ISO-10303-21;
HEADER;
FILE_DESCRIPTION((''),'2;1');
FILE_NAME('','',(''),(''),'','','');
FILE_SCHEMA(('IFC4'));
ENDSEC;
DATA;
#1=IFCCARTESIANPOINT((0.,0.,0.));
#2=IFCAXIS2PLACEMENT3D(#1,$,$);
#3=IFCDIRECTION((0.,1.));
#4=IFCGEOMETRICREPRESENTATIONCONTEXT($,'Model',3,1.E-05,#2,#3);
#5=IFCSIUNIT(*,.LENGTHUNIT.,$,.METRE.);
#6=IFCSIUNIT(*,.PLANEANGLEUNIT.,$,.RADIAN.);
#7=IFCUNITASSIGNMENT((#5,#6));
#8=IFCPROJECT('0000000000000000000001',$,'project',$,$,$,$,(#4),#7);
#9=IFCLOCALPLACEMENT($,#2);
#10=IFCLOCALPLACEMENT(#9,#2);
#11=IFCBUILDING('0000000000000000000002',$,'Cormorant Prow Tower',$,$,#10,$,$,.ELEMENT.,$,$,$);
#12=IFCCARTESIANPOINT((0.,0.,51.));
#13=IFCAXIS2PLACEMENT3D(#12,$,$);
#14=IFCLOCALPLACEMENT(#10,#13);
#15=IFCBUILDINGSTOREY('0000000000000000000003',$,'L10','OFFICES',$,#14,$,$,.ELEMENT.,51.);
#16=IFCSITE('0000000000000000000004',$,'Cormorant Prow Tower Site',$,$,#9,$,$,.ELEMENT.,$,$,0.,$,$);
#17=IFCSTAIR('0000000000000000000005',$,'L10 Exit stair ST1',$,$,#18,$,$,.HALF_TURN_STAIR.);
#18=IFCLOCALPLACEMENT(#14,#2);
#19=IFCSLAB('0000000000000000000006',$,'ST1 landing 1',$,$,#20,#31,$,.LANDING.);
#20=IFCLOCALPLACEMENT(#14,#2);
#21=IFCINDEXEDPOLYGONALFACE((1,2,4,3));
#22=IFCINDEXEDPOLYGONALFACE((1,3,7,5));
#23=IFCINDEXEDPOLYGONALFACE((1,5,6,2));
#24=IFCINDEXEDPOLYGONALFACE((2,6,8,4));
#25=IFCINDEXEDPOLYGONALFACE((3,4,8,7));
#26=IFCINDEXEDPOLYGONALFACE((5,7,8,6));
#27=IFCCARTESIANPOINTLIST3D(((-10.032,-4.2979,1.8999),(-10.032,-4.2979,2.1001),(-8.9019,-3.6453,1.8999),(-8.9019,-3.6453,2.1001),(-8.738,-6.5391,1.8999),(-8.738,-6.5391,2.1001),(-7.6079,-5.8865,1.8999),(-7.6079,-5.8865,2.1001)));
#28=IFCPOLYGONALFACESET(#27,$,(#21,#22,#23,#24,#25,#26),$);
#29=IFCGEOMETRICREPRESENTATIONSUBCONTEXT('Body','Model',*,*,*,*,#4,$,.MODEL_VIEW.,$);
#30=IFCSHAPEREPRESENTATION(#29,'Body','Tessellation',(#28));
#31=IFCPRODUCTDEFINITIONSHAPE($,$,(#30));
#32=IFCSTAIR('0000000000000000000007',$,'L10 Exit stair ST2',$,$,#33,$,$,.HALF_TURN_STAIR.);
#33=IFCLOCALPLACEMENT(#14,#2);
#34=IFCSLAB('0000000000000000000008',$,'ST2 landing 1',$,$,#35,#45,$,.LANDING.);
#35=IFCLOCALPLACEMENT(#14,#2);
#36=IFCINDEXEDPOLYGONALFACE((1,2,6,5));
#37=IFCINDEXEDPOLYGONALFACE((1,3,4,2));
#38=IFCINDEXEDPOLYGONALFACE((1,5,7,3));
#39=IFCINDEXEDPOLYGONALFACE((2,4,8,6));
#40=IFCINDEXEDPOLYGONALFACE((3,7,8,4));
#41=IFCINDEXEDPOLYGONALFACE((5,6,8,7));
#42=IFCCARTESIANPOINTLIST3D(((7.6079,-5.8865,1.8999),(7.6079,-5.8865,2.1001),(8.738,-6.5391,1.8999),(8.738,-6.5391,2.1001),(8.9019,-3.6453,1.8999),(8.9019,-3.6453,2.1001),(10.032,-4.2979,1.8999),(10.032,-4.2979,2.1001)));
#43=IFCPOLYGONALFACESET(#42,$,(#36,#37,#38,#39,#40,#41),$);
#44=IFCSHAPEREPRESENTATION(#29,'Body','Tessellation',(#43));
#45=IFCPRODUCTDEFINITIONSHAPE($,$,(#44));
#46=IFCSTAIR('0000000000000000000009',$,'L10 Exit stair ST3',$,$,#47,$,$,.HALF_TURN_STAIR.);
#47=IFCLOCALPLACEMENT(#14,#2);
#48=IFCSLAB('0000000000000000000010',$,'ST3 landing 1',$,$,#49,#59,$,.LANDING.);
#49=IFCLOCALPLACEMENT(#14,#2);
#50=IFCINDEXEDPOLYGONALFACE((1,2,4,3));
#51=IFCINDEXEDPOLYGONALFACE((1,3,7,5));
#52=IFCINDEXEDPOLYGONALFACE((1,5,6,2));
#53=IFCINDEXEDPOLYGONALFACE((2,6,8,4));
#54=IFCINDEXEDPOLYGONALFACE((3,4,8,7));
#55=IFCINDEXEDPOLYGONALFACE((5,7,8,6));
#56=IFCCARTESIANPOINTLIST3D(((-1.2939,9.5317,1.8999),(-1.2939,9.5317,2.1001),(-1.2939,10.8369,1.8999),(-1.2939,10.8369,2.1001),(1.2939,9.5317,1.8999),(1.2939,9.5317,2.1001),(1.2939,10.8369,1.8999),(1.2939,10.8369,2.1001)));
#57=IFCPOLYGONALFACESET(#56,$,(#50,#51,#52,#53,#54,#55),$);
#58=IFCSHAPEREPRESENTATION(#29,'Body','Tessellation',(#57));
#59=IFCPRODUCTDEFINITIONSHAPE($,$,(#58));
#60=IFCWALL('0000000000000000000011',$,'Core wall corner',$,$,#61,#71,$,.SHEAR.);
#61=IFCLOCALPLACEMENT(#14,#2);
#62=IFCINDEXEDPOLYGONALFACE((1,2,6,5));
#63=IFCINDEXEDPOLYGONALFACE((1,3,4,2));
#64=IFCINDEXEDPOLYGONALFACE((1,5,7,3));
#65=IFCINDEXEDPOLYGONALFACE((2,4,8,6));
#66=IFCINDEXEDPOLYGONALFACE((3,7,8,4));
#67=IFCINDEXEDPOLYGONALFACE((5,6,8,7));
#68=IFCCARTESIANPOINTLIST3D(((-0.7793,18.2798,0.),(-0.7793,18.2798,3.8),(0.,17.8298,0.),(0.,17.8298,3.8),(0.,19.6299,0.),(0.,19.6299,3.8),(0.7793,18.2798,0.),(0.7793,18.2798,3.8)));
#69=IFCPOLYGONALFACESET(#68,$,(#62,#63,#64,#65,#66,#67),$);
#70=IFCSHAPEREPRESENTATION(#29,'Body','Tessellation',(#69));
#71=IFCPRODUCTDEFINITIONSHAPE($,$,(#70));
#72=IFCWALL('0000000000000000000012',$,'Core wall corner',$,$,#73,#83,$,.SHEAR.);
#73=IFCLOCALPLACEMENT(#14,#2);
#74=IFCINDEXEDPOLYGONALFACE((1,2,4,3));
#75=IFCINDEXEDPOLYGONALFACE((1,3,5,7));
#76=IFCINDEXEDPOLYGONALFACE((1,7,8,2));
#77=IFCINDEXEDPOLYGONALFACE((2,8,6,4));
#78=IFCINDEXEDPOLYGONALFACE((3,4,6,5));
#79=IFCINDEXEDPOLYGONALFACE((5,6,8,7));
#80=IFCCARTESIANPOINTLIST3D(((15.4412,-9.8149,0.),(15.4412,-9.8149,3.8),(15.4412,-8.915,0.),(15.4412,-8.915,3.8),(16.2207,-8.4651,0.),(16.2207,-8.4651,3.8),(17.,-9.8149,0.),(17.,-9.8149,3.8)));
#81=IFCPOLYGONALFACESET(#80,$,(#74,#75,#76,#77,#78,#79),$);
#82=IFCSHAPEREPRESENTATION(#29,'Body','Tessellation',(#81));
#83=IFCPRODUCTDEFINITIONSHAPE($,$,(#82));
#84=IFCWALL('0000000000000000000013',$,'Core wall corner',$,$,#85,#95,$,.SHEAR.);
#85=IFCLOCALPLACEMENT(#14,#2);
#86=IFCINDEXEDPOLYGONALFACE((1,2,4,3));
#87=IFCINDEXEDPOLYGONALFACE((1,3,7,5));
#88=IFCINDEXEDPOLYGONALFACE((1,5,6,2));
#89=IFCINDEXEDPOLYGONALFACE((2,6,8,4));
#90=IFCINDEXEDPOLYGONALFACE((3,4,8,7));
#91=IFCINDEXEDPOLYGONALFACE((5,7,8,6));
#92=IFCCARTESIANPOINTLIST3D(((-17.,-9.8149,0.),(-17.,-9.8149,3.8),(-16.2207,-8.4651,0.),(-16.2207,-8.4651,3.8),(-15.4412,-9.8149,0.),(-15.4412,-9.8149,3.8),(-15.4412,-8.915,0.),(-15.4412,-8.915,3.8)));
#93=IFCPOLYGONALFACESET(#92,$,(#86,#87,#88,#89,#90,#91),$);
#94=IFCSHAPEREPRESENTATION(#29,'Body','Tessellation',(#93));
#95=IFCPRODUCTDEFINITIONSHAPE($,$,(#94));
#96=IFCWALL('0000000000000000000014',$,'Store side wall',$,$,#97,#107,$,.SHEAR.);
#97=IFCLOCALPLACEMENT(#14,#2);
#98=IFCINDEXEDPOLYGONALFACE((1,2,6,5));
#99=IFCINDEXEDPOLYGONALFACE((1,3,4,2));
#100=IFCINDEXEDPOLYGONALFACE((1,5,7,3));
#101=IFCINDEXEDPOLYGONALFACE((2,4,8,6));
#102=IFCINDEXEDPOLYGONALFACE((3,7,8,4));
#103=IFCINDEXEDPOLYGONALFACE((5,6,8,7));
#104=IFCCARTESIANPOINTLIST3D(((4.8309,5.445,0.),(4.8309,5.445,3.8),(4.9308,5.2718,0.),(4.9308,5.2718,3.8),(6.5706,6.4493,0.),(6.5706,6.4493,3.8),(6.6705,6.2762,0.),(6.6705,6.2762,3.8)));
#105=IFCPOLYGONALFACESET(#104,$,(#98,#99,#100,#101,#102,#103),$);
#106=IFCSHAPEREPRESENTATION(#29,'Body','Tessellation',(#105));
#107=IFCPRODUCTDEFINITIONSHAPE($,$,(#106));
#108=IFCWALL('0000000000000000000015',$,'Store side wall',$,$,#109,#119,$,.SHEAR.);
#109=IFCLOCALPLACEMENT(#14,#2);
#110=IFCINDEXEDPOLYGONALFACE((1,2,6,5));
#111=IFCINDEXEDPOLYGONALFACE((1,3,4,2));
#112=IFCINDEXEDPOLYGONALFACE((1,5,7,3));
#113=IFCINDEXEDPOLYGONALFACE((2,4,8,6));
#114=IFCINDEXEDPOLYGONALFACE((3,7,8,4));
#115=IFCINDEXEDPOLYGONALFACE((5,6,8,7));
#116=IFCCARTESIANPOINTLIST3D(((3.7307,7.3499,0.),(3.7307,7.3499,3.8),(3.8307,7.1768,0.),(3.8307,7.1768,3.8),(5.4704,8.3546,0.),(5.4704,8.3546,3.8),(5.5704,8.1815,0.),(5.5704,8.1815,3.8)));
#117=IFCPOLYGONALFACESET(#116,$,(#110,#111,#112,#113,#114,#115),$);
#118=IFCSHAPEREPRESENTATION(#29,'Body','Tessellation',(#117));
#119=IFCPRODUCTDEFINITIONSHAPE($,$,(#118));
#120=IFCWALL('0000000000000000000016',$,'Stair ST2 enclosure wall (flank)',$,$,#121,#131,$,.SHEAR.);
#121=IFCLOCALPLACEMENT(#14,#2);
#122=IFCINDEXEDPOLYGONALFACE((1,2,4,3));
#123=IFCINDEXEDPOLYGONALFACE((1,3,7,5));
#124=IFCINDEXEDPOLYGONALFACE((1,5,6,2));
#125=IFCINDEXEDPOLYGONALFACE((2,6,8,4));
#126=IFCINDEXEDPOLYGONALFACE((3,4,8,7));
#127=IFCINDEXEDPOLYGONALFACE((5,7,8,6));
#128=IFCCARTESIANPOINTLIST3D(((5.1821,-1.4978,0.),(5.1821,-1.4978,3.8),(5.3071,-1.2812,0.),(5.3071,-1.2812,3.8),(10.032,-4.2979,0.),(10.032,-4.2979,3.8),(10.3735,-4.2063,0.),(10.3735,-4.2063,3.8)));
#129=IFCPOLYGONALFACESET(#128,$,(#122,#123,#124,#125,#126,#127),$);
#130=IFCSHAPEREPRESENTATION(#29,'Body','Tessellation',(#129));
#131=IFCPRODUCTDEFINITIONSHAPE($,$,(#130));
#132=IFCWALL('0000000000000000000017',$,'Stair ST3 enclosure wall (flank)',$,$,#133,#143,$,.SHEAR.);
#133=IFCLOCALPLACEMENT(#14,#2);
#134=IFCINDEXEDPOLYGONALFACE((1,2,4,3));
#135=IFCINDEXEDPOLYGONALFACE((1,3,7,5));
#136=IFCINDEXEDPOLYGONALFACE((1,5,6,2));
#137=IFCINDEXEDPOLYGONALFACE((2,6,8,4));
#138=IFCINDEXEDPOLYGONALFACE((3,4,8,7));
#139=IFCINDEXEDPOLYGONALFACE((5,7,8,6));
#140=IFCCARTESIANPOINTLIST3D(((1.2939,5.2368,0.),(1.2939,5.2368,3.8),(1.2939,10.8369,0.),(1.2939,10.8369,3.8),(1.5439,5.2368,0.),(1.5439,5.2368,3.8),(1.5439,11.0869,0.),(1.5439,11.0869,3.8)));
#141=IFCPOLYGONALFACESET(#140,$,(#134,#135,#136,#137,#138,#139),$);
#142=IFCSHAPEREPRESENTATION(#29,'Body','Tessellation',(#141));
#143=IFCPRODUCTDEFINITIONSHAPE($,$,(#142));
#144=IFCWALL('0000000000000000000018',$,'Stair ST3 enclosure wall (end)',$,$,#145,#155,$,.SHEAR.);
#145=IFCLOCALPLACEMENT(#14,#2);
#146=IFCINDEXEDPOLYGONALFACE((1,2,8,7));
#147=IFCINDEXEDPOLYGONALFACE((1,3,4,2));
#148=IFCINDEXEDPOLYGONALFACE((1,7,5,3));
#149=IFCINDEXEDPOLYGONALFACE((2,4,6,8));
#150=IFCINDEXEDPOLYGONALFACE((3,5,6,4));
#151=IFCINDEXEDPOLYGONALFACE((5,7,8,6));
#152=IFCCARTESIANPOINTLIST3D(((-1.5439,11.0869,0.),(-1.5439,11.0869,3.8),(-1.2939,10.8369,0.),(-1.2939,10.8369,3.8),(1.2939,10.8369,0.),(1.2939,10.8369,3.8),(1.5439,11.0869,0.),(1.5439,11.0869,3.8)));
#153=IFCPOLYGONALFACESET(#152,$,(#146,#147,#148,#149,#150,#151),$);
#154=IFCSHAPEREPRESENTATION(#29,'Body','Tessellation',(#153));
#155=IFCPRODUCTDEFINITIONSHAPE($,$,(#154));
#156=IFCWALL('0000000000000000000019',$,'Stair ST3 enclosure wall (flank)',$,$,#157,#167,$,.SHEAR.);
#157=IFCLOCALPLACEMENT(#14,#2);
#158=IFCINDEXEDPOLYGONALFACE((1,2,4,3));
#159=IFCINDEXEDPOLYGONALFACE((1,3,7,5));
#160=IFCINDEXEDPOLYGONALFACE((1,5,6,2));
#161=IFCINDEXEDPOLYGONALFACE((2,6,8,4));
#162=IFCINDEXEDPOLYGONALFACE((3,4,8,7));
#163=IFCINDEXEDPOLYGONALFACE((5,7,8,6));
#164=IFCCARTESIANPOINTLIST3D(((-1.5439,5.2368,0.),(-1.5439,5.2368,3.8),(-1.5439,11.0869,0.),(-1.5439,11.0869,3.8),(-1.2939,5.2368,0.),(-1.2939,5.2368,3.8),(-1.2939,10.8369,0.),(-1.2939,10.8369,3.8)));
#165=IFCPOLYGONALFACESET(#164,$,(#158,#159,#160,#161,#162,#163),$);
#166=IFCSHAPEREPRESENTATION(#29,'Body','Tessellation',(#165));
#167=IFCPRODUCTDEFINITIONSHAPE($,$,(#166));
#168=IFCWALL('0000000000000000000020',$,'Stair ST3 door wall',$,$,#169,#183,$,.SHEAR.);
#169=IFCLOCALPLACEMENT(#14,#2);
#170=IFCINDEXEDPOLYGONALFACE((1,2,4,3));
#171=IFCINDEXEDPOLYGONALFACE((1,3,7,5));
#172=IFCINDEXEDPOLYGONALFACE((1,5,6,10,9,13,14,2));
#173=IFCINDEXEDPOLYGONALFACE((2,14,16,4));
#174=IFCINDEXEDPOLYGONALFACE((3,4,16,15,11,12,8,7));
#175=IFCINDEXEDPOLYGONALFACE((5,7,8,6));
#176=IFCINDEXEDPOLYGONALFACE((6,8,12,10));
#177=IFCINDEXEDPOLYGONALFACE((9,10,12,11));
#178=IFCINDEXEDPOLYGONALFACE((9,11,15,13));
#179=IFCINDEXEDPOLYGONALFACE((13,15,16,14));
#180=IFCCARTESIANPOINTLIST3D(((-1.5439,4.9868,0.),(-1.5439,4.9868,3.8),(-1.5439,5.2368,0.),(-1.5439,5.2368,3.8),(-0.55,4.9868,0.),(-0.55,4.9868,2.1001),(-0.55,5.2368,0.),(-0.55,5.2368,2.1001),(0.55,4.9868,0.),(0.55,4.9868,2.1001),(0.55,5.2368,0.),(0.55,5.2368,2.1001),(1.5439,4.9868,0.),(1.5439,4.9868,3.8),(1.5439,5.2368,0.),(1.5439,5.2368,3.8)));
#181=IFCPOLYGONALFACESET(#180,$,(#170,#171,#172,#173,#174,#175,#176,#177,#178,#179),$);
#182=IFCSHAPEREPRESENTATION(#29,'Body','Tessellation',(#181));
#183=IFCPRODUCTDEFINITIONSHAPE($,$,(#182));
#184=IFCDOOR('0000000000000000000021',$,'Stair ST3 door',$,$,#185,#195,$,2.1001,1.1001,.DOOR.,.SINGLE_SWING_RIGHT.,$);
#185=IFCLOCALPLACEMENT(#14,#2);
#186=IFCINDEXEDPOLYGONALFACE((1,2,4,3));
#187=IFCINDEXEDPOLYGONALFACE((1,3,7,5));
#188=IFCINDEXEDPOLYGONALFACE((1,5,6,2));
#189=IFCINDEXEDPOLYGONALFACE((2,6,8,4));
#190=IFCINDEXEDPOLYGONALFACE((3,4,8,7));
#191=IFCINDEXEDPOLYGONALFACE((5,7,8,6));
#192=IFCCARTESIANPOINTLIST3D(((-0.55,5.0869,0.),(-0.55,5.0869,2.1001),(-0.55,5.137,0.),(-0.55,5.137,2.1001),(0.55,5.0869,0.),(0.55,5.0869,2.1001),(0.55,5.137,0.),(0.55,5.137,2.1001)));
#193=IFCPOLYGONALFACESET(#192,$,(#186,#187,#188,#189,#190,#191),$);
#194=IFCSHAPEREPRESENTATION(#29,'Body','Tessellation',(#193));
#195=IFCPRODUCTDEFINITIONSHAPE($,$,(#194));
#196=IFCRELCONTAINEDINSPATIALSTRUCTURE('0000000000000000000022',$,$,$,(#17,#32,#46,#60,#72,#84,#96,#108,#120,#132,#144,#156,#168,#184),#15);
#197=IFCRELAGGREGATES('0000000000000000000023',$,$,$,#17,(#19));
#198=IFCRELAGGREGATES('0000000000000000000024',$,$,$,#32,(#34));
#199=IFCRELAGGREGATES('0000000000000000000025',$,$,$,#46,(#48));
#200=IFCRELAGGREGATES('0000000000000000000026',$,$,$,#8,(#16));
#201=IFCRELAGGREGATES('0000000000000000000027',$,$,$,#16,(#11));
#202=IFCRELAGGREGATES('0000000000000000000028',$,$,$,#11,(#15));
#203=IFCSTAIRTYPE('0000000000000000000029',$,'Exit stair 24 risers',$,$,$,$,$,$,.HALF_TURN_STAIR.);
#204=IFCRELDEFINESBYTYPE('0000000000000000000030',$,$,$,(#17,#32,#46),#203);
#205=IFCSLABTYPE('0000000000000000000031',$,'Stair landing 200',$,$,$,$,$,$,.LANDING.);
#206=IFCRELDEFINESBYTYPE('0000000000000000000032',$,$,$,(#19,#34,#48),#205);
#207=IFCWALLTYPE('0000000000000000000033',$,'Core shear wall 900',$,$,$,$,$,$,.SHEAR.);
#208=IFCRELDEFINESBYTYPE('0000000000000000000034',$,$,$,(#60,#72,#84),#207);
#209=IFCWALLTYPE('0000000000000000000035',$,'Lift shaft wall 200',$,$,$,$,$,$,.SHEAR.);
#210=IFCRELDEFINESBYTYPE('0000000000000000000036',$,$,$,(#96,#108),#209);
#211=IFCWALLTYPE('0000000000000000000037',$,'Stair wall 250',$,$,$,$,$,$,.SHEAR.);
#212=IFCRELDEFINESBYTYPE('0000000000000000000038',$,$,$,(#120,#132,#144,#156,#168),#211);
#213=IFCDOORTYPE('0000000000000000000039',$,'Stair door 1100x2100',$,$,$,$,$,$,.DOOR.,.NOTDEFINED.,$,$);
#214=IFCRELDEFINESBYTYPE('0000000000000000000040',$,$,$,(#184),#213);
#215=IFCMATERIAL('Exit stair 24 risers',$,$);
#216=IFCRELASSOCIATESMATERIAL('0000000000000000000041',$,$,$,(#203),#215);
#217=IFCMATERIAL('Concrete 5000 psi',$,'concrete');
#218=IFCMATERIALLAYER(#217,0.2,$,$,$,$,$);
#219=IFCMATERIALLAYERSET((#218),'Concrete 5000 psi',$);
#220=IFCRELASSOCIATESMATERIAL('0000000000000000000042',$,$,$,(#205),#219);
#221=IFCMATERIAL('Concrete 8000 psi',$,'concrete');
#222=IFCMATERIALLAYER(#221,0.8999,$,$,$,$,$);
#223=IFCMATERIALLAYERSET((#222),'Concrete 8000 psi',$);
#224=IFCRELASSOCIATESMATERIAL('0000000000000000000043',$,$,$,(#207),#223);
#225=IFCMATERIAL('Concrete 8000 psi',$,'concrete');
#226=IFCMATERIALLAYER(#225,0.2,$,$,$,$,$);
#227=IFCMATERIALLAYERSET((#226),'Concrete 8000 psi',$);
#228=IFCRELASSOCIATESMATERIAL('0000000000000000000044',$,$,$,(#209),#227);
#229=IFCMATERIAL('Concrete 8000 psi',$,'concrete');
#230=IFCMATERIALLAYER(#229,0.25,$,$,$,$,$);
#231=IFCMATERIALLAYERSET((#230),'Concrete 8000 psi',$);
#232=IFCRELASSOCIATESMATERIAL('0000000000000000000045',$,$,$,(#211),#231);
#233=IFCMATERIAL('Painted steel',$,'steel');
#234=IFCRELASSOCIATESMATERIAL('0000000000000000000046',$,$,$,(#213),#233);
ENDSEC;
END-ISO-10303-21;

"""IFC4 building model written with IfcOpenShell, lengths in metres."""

from ifc_helpers import new_model, si_unit, direction, frame, frame_2d, origin, place, context, subcontext, project, spatial, polyline, rectangle, outline, extrude, material, layer, layer_set, type_object, element, fill, aggregate, save


model = new_model("IFC4")

# Units and contexts
model_context = context("Model", 3, precision=1e-05, world=origin(), true_north=direction((0.0, 1.0)))
body_context = subcontext(model_context, "Body", "Model", "MODEL_VIEW")
ifc_project = project(units=[si_unit("LENGTHUNIT", "METRE"), si_unit("PLANEANGLEUNIT", "RADIAN")], contexts=[model_context])

# Site, building, storey
site_placement = place(None, origin())
site = spatial("IfcSite", under=ifc_project, at=site_placement, Name="Cormorant Prow Tower Site", CompositionType="ELEMENT", RefElevation=0.0)
building_placement = place(site_placement, origin())
building = spatial("IfcBuilding", under=site, at=building_placement, Name="Cormorant Prow Tower", CompositionType="ELEMENT")
storey_placement = place(building_placement, frame((0.0, 0.0, 51.0)))
storey = spatial("IfcBuildingStorey", under=building, at=storey_placement, Name="L10", Description="OFFICES", CompositionType="ELEMENT", Elevation=51.0)

# Stairs, slabs
ifc_material_1 = material(Name="Exit stair 24 risers")
stair_type = type_object("IfcStairType", Name="Exit stair 24 risers", PredefinedType="HALF_TURN_STAIR", material=ifc_material_1)
stair_1_placement = place(storey_placement, origin())
stair_1 = element("IfcStair", 1, at=stair_1_placement, inside=storey, type_object=stair_type, Name="L10 Exit stair ST1", PredefinedType="HALF_TURN_STAIR")
ifc_material_2 = material(Name="Concrete 5000 psi", Category="concrete")
ifc_layer_1 = layer(ifc_material_2, 0.2)
ifc_layer_set_1 = layer_set([ifc_layer_1], Name="Concrete 5000 psi")
slab_type = type_object("IfcSlabType", Name="Stair landing 200", PredefinedType="LANDING", material=ifc_layer_set_1)
slab_1_placement = place(storey_placement, frame((0.0, 0.0, 1.8999)))
slab_1 = element("IfcSlab", 2, at=slab_1_placement, type_object=slab_type, Name="ST1 landing 1", PredefinedType="LANDING", context=body_context, shape_type="SweptSolid", body=[
    extrude(outline(polyline([(-8.9019, -3.6453), (-10.032, -4.2979), (-8.738, -6.5391), (-7.6079, -5.8865), (-8.9019, -3.6453)])), origin(), (0.0, 0.0, 1.0), 0.2002),
])
aggregate(stair_1, [slab_1])
stair_2_placement = place(storey_placement, origin())
stair_2 = element("IfcStair", 3, at=stair_2_placement, inside=storey, type_object=stair_type, Name="L10 Exit stair ST2", PredefinedType="HALF_TURN_STAIR")
slab_2_placement = place(storey_placement, frame((0.0, 0.0, 1.8999)))
slab_2 = element("IfcSlab", 4, at=slab_2_placement, type_object=slab_type, Name="ST2 landing 1", PredefinedType="LANDING", context=body_context, shape_type="SweptSolid", body=[
    extrude(outline(polyline([(7.6079, -5.8865), (8.738, -6.5391), (10.032, -4.2979), (8.9019, -3.6453), (7.6079, -5.8865)])), origin(), (0.0, 0.0, 1.0), 0.2002),
])
aggregate(stair_2, [slab_2])
stair_3_placement = place(storey_placement, origin())
stair_3 = element("IfcStair", 5, at=stair_3_placement, inside=storey, type_object=stair_type, Name="L10 Exit stair ST3", PredefinedType="HALF_TURN_STAIR")
slab_3_placement = place(storey_placement, frame((0.0, 0.0, 1.8999)))
slab_3 = element("IfcSlab", 6, at=slab_3_placement, type_object=slab_type, Name="ST3 landing 1", PredefinedType="LANDING", context=body_context, shape_type="SweptSolid", body=[
    extrude(outline(polyline([(1.2939, 9.5317), (1.2939, 10.8369), (-1.2939, 10.8369), (-1.2939, 9.5317), (1.2939, 9.5317)])), origin(), (0.0, 0.0, 1.0), 0.2002),
])

# Walls
ifc_material_3 = material(Name="Concrete 8000 psi", Category="concrete")
ifc_layer_2 = layer(ifc_material_3, 0.8999)
ifc_layer_set_2 = layer_set([ifc_layer_2], Name="Concrete 8000 psi")
wall_type_1 = type_object("IfcWallType", Name="Core shear wall 900", PredefinedType="SHEAR", material=ifc_layer_set_2)
wall_1_placement = place(storey_placement, origin())
element("IfcWall", 7, at=wall_1_placement, inside=storey, type_object=wall_type_1, Name="Core wall corner", PredefinedType="SHEAR", context=body_context, shape_type="SweptSolid", body=[
    extrude(outline(polyline([(-0.7793, 18.2798), (0.0, 19.6299), (0.7793, 18.2798), (0.0, 17.8298), (-0.7793, 18.2798)])), origin(), (0.0, 0.0, 1.0), 3.8),
])
wall_2_placement = place(storey_placement, origin())
element("IfcWall", 8, at=wall_2_placement, inside=storey, type_object=wall_type_1, Name="Core wall corner", PredefinedType="SHEAR", context=body_context, shape_type="SweptSolid", body=[
    extrude(outline(polyline([(15.4412, -9.8149), (15.4412, -8.915), (16.2207, -8.4651), (17.0, -9.8149), (15.4412, -9.8149)])), origin(), (0.0, 0.0, 1.0), 3.8),
])
wall_3_placement = place(storey_placement, origin())
element("IfcWall", 9, at=wall_3_placement, inside=storey, type_object=wall_type_1, Name="Core wall corner", PredefinedType="SHEAR", context=body_context, shape_type="SweptSolid", body=[
    extrude(outline(polyline([(-16.2207, -8.4651), (-15.4412, -8.915), (-15.4412, -9.8149), (-17.0, -9.8149), (-16.2207, -8.4651)])), origin(), (0.0, 0.0, 1.0), 3.8),
])
ifc_material_4 = material(Name="Concrete 8000 psi", Category="concrete")
ifc_layer_3 = layer(ifc_material_4, 0.2)
ifc_layer_set_3 = layer_set([ifc_layer_3], Name="Concrete 8000 psi")
wall_type_2 = type_object("IfcWallType", Name="Lift shaft wall 200", PredefinedType="SHEAR", material=ifc_layer_set_3)
wall_4_placement = place(storey_placement, frame((4.8809, 5.3584, 0.0), z_axis=(0.0, 0.0, 1.0), x_axis=(0.866036, 0.499982, 0.0)))
element("IfcWall", 10, at=wall_4_placement, inside=storey, type_object=wall_type_2, Name="Store side wall", PredefinedType="SHEAR", context=body_context, shape_type="SweptSolid", body=[
    extrude(rectangle(XDim=2.0088, YDim=0.2, at=frame_2d((1.0044, 0.0))), origin(), (0.0, 0.0, 1.0), 3.8),
])
wall_5_placement = place(storey_placement, frame((3.7808, 7.2634, 0.0), z_axis=(0.0, 0.0, 1.0), x_axis=(0.865983, 0.500073, 0.0)))
element("IfcWall", 11, at=wall_5_placement, inside=storey, type_object=wall_type_2, Name="Store side wall", PredefinedType="SHEAR", context=body_context, shape_type="SweptSolid", body=[
    extrude(rectangle(XDim=2.009, YDim=0.2, at=frame_2d((1.0044, 0.0))), origin(), (0.0, 0.0, 1.0), 3.8),
])
ifc_material_5 = material(Name="Concrete 8000 psi", Category="concrete")
ifc_layer_4 = layer(ifc_material_5, 0.25)
ifc_layer_set_4 = layer_set([ifc_layer_4], Name="Concrete 8000 psi")
wall_type_3 = type_object("IfcWallType", Name="Stair wall 250", PredefinedType="SHEAR", material=ifc_layer_set_4)
wall_6_placement = place(storey_placement, origin())
element("IfcWall", 12, at=wall_6_placement, inside=storey, type_object=wall_type_3, Name="Stair ST2 enclosure wall (flank)", PredefinedType="SHEAR", context=body_context, shape_type="SweptSolid", body=[
    extrude(outline(polyline([(10.032, -4.2979), (10.3735, -4.2063), (5.3071, -1.2812), (5.1821, -1.4978), (10.032, -4.2979)])), origin(), (0.0, 0.0, 1.0), 3.8),
])
wall_7_placement = place(storey_placement, origin())
element("IfcWall", 13, at=wall_7_placement, inside=storey, type_object=wall_type_3, Name="Stair ST3 enclosure wall (flank)", PredefinedType="SHEAR", context=body_context, shape_type="SweptSolid", body=[
    extrude(outline(polyline([(1.5439, 5.2368), (1.5439, 11.0869), (1.2939, 10.8369), (1.2939, 5.2368), (1.5439, 5.2368)])), origin(), (0.0, 0.0, 1.0), 3.8),
])
wall_8_placement = place(storey_placement, origin())
element("IfcWall", 14, at=wall_8_placement, inside=storey, type_object=wall_type_3, Name="Stair ST3 enclosure wall (end)", PredefinedType="SHEAR", context=body_context, shape_type="SweptSolid", body=[
    extrude(outline(polyline([(1.5439, 11.0869), (-1.5439, 11.0869), (-1.2939, 10.8369), (1.2939, 10.8369), (1.5439, 11.0869)])), origin(), (0.0, 0.0, 1.0), 3.8),
])
wall_9_placement = place(storey_placement, origin())
element("IfcWall", 15, at=wall_9_placement, inside=storey, type_object=wall_type_3, Name="Stair ST3 enclosure wall (flank)", PredefinedType="SHEAR", context=body_context, shape_type="SweptSolid", body=[
    extrude(outline(polyline([(-1.2939, 10.8369), (-1.5439, 11.0869), (-1.5439, 5.2368), (-1.2939, 5.2368), (-1.2939, 10.8369)])), origin(), (0.0, 0.0, 1.0), 3.8),
])

# Wall, opening, door
wall_10_placement = place(storey_placement, frame((1.5439, 5.1118, 0.0), z_axis=(0.0, 0.0, 1.0), x_axis=(-1.0, 0.0, 0.0)))
wall_10 = element("IfcWall", 16, at=wall_10_placement, inside=storey, type_object=wall_type_3, Name="Stair ST3 door wall", PredefinedType="SHEAR", context=body_context, shape_type="SweptSolid", body=[
    extrude(rectangle(XDim=3.0879, YDim=0.25, at=frame_2d((1.5439, 0.0))), origin(), (0.0, 0.0, 1.0), 3.8),
])
opening_placement = place(wall_10_placement, frame((0.9939, 0.0, 0.0)))
opening = element("IfcOpeningElement", 17, at=opening_placement, cuts=wall_10, PredefinedType="OPENING", context=body_context, shape_type="SweptSolid", body=[
    extrude(rectangle(XDim=1.1001, YDim=2.1001, at=frame_2d((0.55, 1.05))), frame((0.0, 0.135, 0.0), z_axis=(0.0, -1.0, 0.0), x_axis=(1.0, 0.0, 0.0)), (0.0, 0.0, 1.0), 0.27),
])
ifc_material_6 = material(Name="Painted steel", Category="steel")
door_type = type_object("IfcDoorType", Name="Stair door 1100x2100", OperationType="NOTDEFINED", PredefinedType="DOOR", material=ifc_material_6)
door_placement = place(opening_placement, origin())
door = element("IfcDoor", 18, at=door_placement, inside=storey, type_object=door_type, Name="Stair ST3 door", OperationType="SINGLE_SWING_RIGHT", OverallHeight=2.1001, OverallWidth=1.1001, PredefinedType="DOOR", context=body_context, shape_type="SweptSolid", body=[
    extrude(rectangle(XDim=1.1001, YDim=2.1001, at=frame_2d((0.55, 1.05))), frame((0.0, 0.0249, 0.0), z_axis=(0.0, -1.0, 0.0), x_axis=(1.0, 0.0, 0.0)), (0.0, 0.0, 1.0), 0.05),
])
fill(opening, door)

aggregate(stair_3, [slab_3])

save(model, "model.ifc")
